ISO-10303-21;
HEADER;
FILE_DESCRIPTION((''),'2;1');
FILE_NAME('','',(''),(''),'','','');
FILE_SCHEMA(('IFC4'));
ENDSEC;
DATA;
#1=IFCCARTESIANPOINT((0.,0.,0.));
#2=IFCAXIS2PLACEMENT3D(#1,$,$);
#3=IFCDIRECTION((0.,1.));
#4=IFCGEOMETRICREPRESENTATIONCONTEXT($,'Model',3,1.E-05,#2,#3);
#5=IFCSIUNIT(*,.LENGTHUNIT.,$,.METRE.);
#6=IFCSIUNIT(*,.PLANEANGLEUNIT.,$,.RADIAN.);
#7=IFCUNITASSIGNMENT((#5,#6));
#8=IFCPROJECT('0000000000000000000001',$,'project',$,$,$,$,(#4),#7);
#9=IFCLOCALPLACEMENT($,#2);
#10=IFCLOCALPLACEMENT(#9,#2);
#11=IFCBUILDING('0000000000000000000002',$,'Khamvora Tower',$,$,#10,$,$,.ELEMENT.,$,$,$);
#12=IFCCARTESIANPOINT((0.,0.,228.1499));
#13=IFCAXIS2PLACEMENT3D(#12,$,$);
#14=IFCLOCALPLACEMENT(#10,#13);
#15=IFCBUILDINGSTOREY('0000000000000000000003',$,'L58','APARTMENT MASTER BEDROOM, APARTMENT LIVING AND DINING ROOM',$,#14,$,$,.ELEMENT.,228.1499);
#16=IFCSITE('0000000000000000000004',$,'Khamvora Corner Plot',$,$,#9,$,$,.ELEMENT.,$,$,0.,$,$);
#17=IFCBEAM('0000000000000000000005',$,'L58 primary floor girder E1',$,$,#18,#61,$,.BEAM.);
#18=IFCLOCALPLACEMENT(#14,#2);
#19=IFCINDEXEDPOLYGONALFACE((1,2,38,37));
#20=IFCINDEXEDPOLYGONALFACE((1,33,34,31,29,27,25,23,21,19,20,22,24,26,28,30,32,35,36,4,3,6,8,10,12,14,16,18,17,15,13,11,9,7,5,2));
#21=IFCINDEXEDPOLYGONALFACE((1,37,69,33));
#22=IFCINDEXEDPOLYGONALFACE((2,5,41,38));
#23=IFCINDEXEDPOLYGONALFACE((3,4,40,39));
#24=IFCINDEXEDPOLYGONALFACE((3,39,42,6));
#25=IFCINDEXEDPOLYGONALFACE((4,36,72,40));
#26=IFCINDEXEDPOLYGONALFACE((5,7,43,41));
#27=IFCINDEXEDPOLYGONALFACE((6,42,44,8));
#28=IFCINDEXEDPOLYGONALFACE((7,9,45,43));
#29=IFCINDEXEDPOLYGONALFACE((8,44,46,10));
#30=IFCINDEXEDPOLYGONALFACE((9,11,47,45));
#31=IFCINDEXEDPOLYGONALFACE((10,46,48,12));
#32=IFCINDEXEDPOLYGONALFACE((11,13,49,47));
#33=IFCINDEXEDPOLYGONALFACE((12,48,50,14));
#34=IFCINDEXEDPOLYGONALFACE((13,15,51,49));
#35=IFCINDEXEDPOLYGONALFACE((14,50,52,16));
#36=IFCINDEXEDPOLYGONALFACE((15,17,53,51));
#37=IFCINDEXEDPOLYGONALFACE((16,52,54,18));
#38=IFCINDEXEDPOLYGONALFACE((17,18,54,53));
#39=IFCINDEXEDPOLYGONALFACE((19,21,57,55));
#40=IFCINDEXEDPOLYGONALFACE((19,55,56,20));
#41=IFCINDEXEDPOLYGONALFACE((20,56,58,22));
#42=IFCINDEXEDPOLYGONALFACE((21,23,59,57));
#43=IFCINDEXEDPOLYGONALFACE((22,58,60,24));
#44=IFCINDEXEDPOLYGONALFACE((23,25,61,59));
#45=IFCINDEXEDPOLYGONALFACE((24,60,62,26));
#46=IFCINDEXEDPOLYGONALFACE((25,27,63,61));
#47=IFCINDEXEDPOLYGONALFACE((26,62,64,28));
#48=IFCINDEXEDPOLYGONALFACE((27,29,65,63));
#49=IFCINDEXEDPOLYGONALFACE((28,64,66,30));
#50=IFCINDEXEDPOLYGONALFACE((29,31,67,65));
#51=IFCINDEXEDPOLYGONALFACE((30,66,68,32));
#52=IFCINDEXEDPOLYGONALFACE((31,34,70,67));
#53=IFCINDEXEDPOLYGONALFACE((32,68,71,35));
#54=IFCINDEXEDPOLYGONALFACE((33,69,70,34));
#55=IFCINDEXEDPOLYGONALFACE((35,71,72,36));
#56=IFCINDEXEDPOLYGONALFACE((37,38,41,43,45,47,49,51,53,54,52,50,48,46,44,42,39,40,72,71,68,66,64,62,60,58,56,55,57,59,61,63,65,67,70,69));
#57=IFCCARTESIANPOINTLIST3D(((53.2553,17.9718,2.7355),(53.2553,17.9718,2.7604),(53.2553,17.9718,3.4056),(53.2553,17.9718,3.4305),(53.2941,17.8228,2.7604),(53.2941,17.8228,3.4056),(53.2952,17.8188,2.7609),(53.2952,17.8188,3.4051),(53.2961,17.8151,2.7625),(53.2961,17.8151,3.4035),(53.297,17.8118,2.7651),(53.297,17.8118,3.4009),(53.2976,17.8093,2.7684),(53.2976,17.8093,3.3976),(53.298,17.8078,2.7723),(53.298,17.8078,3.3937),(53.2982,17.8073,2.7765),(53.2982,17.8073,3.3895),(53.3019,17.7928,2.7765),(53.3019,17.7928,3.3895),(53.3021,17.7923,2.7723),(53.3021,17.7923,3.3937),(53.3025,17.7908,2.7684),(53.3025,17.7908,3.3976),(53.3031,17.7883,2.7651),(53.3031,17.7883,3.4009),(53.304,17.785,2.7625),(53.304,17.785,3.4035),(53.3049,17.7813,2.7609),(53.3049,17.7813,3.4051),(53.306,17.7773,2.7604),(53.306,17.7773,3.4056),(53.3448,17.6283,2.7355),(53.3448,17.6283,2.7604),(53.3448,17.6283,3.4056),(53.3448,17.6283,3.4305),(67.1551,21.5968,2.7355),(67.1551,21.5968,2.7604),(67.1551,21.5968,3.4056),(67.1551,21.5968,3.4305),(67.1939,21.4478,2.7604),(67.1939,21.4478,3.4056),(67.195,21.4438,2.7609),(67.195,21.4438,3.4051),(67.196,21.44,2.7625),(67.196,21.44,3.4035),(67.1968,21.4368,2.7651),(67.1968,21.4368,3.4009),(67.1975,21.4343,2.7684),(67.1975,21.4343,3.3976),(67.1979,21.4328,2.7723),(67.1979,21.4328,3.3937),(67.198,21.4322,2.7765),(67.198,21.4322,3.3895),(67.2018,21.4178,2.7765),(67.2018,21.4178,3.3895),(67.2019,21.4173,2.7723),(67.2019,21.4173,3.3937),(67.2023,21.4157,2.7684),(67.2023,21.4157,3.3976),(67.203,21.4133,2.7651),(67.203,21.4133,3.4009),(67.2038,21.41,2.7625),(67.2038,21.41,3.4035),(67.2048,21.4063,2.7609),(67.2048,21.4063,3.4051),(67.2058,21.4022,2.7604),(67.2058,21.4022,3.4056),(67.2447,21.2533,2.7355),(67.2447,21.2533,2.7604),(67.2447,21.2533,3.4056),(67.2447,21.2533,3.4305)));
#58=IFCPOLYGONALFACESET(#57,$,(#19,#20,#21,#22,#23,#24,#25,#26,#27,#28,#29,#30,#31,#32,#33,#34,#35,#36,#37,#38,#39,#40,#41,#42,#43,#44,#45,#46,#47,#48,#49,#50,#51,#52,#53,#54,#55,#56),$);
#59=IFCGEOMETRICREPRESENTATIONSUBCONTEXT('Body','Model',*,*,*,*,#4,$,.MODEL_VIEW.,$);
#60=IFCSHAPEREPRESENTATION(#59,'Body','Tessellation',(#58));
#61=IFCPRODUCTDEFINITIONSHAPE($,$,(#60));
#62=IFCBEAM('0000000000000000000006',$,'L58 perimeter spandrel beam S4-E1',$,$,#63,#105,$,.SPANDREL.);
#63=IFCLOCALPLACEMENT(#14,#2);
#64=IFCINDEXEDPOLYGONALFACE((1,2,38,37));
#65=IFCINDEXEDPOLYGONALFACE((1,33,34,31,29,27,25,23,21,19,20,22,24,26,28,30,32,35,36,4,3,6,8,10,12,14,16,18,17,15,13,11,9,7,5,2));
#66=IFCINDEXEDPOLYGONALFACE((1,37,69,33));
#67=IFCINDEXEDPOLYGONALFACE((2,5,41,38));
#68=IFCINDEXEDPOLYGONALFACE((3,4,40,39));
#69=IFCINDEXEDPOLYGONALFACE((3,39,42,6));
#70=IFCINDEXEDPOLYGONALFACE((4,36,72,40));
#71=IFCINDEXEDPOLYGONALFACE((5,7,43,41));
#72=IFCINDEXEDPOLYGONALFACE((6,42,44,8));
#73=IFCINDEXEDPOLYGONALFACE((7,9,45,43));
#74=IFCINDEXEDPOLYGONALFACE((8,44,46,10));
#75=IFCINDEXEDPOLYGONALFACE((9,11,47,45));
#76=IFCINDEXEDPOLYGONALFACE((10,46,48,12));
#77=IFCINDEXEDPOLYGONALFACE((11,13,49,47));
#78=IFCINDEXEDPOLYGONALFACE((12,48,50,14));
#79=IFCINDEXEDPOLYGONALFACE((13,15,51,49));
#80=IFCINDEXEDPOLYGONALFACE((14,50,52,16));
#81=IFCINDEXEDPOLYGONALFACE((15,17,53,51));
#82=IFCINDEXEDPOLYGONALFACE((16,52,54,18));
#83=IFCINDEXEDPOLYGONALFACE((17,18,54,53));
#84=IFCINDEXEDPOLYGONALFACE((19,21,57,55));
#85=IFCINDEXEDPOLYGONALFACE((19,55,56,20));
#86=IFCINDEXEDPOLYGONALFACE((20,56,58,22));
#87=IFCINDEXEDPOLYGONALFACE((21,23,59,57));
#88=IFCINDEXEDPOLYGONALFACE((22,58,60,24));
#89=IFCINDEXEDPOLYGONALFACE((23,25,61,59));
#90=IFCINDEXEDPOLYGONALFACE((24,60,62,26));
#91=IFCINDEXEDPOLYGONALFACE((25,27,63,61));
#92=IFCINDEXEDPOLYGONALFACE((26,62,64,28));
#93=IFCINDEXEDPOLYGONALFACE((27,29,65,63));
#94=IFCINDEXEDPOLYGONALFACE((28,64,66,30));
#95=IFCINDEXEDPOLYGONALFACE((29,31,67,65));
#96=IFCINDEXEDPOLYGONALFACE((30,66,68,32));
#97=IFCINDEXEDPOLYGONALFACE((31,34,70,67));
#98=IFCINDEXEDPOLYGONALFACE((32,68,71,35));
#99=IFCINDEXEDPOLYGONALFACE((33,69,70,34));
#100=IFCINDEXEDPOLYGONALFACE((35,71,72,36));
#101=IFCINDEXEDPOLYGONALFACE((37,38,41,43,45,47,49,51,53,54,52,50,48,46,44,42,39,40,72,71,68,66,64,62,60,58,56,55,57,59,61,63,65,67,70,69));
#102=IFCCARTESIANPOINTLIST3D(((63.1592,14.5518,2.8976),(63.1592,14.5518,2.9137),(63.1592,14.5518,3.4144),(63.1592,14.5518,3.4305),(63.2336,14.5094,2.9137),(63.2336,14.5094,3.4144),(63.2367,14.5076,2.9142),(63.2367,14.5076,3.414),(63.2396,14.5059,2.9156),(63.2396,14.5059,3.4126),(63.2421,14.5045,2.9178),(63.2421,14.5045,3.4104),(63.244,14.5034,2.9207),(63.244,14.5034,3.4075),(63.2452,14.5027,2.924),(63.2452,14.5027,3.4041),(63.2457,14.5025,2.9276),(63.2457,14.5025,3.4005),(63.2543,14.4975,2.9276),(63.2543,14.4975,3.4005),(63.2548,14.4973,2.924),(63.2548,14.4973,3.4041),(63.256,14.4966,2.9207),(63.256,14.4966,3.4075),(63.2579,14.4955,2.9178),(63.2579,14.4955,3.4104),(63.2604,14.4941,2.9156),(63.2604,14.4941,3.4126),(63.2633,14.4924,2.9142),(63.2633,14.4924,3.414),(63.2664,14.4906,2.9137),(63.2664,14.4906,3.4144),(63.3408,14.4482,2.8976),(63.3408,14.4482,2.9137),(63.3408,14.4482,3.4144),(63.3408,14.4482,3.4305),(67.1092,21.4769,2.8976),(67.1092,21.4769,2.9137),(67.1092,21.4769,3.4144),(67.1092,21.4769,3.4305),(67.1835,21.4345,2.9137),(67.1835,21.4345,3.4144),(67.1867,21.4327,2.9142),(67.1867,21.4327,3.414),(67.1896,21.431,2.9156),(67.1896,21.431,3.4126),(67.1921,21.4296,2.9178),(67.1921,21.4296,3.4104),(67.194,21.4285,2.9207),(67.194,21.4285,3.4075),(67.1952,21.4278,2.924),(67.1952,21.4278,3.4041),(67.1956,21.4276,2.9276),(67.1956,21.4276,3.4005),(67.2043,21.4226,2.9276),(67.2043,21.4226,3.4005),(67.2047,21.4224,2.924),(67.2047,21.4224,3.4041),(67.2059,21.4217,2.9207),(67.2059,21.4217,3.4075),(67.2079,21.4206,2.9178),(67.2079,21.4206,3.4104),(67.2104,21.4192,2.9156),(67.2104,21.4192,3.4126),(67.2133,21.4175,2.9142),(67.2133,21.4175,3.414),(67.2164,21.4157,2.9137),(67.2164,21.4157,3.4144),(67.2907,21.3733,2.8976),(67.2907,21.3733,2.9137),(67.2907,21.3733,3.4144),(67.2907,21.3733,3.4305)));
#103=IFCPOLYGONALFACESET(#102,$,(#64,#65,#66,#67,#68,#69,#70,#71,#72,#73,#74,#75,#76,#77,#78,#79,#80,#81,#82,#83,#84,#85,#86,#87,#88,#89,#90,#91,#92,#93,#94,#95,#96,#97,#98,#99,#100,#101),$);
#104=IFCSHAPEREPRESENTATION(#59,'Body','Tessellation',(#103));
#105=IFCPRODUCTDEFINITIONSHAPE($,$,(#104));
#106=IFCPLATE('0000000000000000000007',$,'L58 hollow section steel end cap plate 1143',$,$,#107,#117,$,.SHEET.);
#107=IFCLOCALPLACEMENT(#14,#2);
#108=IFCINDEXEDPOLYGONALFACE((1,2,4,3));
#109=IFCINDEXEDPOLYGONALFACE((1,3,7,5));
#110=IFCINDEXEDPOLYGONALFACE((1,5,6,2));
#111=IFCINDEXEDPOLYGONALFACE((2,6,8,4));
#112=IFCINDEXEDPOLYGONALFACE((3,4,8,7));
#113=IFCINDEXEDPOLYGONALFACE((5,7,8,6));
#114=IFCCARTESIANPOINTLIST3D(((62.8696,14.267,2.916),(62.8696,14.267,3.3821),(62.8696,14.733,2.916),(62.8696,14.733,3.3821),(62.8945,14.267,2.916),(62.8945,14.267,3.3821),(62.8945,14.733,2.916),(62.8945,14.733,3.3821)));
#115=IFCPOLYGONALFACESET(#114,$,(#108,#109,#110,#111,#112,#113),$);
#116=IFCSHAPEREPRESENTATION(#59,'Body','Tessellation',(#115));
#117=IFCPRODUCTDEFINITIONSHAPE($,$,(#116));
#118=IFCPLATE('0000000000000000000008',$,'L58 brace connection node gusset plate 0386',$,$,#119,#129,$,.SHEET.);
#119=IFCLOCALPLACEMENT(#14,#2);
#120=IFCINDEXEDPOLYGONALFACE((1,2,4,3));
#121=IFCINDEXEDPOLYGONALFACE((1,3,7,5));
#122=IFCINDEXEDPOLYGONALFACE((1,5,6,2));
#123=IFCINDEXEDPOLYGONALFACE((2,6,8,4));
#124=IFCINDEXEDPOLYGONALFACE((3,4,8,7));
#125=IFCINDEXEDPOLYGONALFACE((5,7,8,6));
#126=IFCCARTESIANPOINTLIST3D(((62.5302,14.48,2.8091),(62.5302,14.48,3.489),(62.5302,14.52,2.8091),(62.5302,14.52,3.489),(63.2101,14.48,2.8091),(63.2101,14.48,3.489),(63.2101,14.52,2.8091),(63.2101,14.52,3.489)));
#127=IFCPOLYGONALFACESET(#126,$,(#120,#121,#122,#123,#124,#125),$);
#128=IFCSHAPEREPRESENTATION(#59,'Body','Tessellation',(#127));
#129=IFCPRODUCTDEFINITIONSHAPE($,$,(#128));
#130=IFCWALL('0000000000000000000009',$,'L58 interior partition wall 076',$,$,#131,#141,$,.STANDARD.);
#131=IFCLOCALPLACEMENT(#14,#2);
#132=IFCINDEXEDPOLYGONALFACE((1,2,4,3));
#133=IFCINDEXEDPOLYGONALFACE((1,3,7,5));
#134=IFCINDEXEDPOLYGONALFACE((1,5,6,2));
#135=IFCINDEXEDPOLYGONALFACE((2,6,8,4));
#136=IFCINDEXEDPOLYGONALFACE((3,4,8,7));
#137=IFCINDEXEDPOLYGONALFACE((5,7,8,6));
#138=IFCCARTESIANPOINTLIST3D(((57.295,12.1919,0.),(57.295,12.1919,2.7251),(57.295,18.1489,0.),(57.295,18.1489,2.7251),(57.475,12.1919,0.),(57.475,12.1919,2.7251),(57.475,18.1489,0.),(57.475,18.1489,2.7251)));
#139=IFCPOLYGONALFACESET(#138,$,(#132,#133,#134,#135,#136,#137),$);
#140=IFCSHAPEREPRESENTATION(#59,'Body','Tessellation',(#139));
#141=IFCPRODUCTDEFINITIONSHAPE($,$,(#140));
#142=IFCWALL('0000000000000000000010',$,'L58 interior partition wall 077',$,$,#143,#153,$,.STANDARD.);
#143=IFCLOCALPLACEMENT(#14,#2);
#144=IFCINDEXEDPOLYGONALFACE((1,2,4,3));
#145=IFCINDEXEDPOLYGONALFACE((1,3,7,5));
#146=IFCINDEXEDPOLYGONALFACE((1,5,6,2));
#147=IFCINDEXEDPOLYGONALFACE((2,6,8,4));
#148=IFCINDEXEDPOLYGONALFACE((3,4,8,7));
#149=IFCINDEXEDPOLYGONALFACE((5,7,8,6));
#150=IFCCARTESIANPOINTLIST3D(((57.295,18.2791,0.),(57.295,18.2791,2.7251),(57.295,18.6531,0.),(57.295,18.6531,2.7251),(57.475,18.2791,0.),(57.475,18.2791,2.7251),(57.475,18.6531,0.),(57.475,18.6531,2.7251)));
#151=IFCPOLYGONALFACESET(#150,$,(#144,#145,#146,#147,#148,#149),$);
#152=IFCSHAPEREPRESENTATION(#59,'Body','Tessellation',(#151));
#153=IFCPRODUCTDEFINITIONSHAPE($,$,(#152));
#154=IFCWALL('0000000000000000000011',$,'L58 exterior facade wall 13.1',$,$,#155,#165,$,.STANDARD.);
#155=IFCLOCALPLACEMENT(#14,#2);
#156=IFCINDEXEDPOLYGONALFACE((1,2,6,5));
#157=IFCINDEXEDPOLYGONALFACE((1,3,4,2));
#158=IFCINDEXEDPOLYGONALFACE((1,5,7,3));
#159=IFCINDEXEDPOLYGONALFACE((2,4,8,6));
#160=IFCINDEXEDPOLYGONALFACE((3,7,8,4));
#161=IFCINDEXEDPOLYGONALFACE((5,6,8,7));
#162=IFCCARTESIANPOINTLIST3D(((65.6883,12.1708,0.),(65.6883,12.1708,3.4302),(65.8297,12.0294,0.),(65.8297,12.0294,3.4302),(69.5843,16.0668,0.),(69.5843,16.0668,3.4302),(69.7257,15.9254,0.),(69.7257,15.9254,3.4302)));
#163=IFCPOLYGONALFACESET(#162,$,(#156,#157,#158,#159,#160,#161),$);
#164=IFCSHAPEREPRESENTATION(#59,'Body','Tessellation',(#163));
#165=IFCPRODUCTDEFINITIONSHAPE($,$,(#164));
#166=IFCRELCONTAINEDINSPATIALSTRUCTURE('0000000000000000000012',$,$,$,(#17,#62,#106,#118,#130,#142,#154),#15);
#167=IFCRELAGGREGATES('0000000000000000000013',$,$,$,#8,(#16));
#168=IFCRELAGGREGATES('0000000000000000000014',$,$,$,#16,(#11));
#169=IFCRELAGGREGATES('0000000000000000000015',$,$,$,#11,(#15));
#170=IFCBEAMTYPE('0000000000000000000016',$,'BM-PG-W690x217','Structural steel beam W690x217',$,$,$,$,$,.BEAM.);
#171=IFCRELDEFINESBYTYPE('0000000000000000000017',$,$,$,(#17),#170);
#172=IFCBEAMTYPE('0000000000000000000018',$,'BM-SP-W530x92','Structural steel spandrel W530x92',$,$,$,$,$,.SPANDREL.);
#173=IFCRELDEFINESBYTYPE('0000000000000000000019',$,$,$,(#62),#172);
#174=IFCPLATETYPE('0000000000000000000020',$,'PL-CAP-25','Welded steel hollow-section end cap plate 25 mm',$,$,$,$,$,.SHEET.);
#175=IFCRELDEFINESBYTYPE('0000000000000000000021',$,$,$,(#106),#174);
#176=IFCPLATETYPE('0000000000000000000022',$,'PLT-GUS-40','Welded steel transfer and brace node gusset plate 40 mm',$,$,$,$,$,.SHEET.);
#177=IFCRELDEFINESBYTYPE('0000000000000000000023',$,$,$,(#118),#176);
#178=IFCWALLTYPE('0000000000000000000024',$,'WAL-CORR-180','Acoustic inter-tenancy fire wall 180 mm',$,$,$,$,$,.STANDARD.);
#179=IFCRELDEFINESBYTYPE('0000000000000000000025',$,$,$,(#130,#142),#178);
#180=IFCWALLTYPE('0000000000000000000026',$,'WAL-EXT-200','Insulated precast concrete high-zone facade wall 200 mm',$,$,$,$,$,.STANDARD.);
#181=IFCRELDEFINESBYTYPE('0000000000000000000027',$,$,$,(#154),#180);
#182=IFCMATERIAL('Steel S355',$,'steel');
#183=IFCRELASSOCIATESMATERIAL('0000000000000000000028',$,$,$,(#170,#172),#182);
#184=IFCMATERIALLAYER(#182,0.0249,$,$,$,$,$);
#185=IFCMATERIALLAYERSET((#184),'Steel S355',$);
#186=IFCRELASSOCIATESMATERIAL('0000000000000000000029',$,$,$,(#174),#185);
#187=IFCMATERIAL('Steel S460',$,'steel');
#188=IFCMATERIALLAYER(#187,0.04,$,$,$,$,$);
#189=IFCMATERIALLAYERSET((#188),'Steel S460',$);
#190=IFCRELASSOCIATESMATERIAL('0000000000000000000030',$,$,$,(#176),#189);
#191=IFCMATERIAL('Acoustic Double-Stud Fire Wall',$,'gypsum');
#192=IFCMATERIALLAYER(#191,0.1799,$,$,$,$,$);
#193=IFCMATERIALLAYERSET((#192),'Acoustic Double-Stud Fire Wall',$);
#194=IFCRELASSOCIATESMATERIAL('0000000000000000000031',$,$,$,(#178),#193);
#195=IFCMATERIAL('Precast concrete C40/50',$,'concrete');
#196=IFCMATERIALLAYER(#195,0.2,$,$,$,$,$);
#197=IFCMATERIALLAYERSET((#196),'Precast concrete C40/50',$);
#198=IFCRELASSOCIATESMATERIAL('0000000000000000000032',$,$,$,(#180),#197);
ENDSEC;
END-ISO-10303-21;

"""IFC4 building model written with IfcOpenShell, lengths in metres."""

from ifc_helpers import new_model, si_unit, direction, frame, frame_2d, origin, origin_2d, place, context, subcontext, project, spatial, rectangle, i_section, extrude, material, layer, layer_set, material_profile, profile_set, type_object, element, save


model = new_model("IFC4")

# Units and contexts
model_context = context("Model", 3, precision=1e-05, world=origin(), true_north=direction((0.0, 1.0)))
body_context = subcontext(model_context, "Body", "Model", "MODEL_VIEW")
ifc_project = project(units=[si_unit("LENGTHUNIT", "METRE"), si_unit("PLANEANGLEUNIT", "RADIAN")], contexts=[model_context])

# Site, building, storey
site_placement = place(None, origin())
site = spatial("IfcSite", under=ifc_project, at=site_placement, Name="Khamvora Corner Plot", CompositionType="ELEMENT", RefElevation=0.0)
building_placement = place(site_placement, origin())
building = spatial("IfcBuilding", under=site, at=building_placement, Name="Khamvora Tower", CompositionType="ELEMENT")
storey_placement = place(building_placement, frame((0.0, 0.0, 228.1499)))
storey = spatial("IfcBuildingStorey", under=building, at=storey_placement, Name="L58", Description="APARTMENT MASTER BEDROOM, APARTMENT LIVING AND DINING ROOM", CompositionType="ELEMENT", Elevation=228.1499)

# Shared definitions
ifc_material_1 = material(Name="Steel S355", Category="steel")

# Beams
ifc_material_profile_1 = material_profile(ifc_material_1, i_section(OverallWidth=0.355, OverallDepth=0.6951, WebThickness=0.0149, FlangeThickness=0.0249, FilletRadius=0.0161, at=origin_2d()), Name="W690x217")
ifc_profile_set_1 = profile_set([ifc_material_profile_1], Name="Steel S355")
beam_type_1 = type_object("IfcBeamType", Name="BM-PG-W690x217", Description="Structural steel beam W690x217", PredefinedType="BEAM", material=ifc_profile_set_1)
beam_1_placement = place(storey_placement, frame((53.3, 17.8, 3.083), z_axis=(0.967635, 0.252353, 0.0), x_axis=(-0.252353, 0.967635, 0.0)))
element("IfcBeam", 1, at=beam_1_placement, inside=storey, type_object=beam_type_1, Name="L58 primary floor girder E1", PredefinedType="BEAM", context=body_context, shape_type="SweptSolid", body=[
    extrude(i_section(OverallWidth=0.355, OverallDepth=0.6951, WebThickness=0.0149, FlangeThickness=0.0249, FilletRadius=0.0161, at=origin_2d()), origin(), (0.0, 0.0, 1.0), 14.3647),
])
ifc_material_profile_2 = material_profile(ifc_material_1, i_section(OverallWidth=0.209, OverallDepth=0.533, WebThickness=0.01, FlangeThickness=0.0161, FilletRadius=0.0139, at=origin_2d()), Name="W530x92")
ifc_profile_set_2 = profile_set([ifc_material_profile_2], Name="Steel S355")
beam_type_2 = type_object("IfcBeamType", Name="BM-SP-W530x92", Description="Structural steel spandrel W530x92", PredefinedType="SPANDREL", material=ifc_profile_set_2)
beam_2_placement = place(storey_placement, frame((63.25, 14.5, 3.1641), z_axis=(0.495456, 0.868633, 0.0), x_axis=(-0.868633, 0.495456, 0.0)))
element("IfcBeam", 2, at=beam_2_placement, inside=storey, type_object=beam_type_2, Name="L58 perimeter spandrel beam S4-E1", PredefinedType="SPANDREL", context=body_context, shape_type="SweptSolid", body=[
    extrude(i_section(OverallWidth=0.209, OverallDepth=0.533, WebThickness=0.01, FlangeThickness=0.0161, FilletRadius=0.0139, at=origin_2d()), origin(), (0.0, 0.0, 1.0), 7.9724),
])

# Plates
ifc_layer_1 = layer(ifc_material_1, 0.0249)
ifc_layer_set_1 = layer_set([ifc_layer_1], Name="Steel S355")
plate_type_1 = type_object("IfcPlateType", Name="PL-CAP-25", Description="Welded steel hollow-section end cap plate 25 mm", PredefinedType="SHEET", material=ifc_layer_set_1)
plate_1_placement = place(storey_placement, frame((62.8821, 14.5, 2.916), z_axis=(0.0, 0.0, 1.0), x_axis=(1.0, 0.0, 0.0)))
element("IfcPlate", 3, at=plate_1_placement, inside=storey, type_object=plate_type_1, Name="L58 hollow section steel end cap plate 1143", PredefinedType="SHEET", context=body_context, shape_type="SweptSolid", body=[
    extrude(rectangle(XDim=0.0249, YDim=0.4661, at=origin_2d()), origin(), (0.0, 0.0, 1.0), 0.4661),
])
ifc_material_2 = material(Name="Steel S460", Category="steel")
ifc_layer_2 = layer(ifc_material_2, 0.04)
ifc_layer_set_2 = layer_set([ifc_layer_2], Name="Steel S460")
plate_type_2 = type_object("IfcPlateType", Name="PLT-GUS-40", Description="Welded steel transfer and brace node gusset plate 40 mm", PredefinedType="SHEET", material=ifc_layer_set_2)
plate_2_placement = place(storey_placement, frame((62.8701, 14.5, 2.8091), z_axis=(0.0, 0.0, 1.0), x_axis=(1.0, 0.0, 0.0)))
element("IfcPlate", 4, at=plate_2_placement, inside=storey, type_object=plate_type_2, Name="L58 brace connection node gusset plate 0386", PredefinedType="SHEET", context=body_context, shape_type="SweptSolid", body=[
    extrude(rectangle(XDim=0.6799, YDim=0.04, at=origin_2d()), origin(), (0.0, 0.0, 1.0), 0.6799),
])

# Walls
ifc_material_3 = material(Name="Acoustic Double-Stud Fire Wall", Category="gypsum")
ifc_layer_3 = layer(ifc_material_3, 0.1799)
ifc_layer_set_3 = layer_set([ifc_layer_3], Name="Acoustic Double-Stud Fire Wall")
wall_type_1 = type_object("IfcWallType", Name="WAL-CORR-180", Description="Acoustic inter-tenancy fire wall 180 mm", PredefinedType="STANDARD", material=ifc_layer_set_3)
wall_1_placement = place(storey_placement, frame((57.385, 18.1489, 0.0), z_axis=(0.0, 0.0, 1.0), x_axis=(0.0, -1.0, 0.0)))
element("IfcWall", 5, at=wall_1_placement, inside=storey, type_object=wall_type_1, Name="L58 interior partition wall 076", PredefinedType="STANDARD", context=body_context, shape_type="SweptSolid", body=[
    extrude(rectangle(XDim=5.957, YDim=0.1799, at=frame_2d((2.9785, 0.0))), origin(), (0.0, 0.0, 1.0), 2.7251),
])
wall_2_placement = place(storey_placement, frame((57.385, 18.6531, 0.0), z_axis=(0.0, 0.0, 1.0), x_axis=(0.0, -1.0, 0.0)))
element("IfcWall", 6, at=wall_2_placement, inside=storey, type_object=wall_type_1, Name="L58 interior partition wall 077", PredefinedType="STANDARD", context=body_context, shape_type="SweptSolid", body=[
    extrude(rectangle(XDim=0.374, YDim=0.1799, at=frame_2d((0.187, 0.0))), origin(), (0.0, 0.0, 1.0), 2.7251),
])
ifc_material_4 = material(Name="Precast concrete C40/50", Category="concrete")
ifc_layer_4 = layer(ifc_material_4, 0.2)
ifc_layer_set_4 = layer_set([ifc_layer_4], Name="Precast concrete C40/50")
wall_type_2 = type_object("IfcWallType", Name="WAL-EXT-200", Description="Insulated precast concrete high-zone facade wall 200 mm", PredefinedType="STANDARD", material=ifc_layer_set_4)
wall_3_placement = place(storey_placement, frame((69.655, 15.9961, 0.0), z_axis=(0.0, 0.0, 1.0), x_axis=(-0.707107, -0.707107, 0.0)))
element("IfcWall", 7, at=wall_3_placement, inside=storey, type_object=wall_type_2, Name="L58 exterior facade wall 13.1", PredefinedType="STANDARD", context=body_context, shape_type="SweptSolid", body=[
    extrude(rectangle(XDim=5.5098, YDim=0.2, at=frame_2d((2.7549, 0.0))), origin(), (0.0, 0.0, 1.0), 3.4302),
])

save(model, "model.ifc")
